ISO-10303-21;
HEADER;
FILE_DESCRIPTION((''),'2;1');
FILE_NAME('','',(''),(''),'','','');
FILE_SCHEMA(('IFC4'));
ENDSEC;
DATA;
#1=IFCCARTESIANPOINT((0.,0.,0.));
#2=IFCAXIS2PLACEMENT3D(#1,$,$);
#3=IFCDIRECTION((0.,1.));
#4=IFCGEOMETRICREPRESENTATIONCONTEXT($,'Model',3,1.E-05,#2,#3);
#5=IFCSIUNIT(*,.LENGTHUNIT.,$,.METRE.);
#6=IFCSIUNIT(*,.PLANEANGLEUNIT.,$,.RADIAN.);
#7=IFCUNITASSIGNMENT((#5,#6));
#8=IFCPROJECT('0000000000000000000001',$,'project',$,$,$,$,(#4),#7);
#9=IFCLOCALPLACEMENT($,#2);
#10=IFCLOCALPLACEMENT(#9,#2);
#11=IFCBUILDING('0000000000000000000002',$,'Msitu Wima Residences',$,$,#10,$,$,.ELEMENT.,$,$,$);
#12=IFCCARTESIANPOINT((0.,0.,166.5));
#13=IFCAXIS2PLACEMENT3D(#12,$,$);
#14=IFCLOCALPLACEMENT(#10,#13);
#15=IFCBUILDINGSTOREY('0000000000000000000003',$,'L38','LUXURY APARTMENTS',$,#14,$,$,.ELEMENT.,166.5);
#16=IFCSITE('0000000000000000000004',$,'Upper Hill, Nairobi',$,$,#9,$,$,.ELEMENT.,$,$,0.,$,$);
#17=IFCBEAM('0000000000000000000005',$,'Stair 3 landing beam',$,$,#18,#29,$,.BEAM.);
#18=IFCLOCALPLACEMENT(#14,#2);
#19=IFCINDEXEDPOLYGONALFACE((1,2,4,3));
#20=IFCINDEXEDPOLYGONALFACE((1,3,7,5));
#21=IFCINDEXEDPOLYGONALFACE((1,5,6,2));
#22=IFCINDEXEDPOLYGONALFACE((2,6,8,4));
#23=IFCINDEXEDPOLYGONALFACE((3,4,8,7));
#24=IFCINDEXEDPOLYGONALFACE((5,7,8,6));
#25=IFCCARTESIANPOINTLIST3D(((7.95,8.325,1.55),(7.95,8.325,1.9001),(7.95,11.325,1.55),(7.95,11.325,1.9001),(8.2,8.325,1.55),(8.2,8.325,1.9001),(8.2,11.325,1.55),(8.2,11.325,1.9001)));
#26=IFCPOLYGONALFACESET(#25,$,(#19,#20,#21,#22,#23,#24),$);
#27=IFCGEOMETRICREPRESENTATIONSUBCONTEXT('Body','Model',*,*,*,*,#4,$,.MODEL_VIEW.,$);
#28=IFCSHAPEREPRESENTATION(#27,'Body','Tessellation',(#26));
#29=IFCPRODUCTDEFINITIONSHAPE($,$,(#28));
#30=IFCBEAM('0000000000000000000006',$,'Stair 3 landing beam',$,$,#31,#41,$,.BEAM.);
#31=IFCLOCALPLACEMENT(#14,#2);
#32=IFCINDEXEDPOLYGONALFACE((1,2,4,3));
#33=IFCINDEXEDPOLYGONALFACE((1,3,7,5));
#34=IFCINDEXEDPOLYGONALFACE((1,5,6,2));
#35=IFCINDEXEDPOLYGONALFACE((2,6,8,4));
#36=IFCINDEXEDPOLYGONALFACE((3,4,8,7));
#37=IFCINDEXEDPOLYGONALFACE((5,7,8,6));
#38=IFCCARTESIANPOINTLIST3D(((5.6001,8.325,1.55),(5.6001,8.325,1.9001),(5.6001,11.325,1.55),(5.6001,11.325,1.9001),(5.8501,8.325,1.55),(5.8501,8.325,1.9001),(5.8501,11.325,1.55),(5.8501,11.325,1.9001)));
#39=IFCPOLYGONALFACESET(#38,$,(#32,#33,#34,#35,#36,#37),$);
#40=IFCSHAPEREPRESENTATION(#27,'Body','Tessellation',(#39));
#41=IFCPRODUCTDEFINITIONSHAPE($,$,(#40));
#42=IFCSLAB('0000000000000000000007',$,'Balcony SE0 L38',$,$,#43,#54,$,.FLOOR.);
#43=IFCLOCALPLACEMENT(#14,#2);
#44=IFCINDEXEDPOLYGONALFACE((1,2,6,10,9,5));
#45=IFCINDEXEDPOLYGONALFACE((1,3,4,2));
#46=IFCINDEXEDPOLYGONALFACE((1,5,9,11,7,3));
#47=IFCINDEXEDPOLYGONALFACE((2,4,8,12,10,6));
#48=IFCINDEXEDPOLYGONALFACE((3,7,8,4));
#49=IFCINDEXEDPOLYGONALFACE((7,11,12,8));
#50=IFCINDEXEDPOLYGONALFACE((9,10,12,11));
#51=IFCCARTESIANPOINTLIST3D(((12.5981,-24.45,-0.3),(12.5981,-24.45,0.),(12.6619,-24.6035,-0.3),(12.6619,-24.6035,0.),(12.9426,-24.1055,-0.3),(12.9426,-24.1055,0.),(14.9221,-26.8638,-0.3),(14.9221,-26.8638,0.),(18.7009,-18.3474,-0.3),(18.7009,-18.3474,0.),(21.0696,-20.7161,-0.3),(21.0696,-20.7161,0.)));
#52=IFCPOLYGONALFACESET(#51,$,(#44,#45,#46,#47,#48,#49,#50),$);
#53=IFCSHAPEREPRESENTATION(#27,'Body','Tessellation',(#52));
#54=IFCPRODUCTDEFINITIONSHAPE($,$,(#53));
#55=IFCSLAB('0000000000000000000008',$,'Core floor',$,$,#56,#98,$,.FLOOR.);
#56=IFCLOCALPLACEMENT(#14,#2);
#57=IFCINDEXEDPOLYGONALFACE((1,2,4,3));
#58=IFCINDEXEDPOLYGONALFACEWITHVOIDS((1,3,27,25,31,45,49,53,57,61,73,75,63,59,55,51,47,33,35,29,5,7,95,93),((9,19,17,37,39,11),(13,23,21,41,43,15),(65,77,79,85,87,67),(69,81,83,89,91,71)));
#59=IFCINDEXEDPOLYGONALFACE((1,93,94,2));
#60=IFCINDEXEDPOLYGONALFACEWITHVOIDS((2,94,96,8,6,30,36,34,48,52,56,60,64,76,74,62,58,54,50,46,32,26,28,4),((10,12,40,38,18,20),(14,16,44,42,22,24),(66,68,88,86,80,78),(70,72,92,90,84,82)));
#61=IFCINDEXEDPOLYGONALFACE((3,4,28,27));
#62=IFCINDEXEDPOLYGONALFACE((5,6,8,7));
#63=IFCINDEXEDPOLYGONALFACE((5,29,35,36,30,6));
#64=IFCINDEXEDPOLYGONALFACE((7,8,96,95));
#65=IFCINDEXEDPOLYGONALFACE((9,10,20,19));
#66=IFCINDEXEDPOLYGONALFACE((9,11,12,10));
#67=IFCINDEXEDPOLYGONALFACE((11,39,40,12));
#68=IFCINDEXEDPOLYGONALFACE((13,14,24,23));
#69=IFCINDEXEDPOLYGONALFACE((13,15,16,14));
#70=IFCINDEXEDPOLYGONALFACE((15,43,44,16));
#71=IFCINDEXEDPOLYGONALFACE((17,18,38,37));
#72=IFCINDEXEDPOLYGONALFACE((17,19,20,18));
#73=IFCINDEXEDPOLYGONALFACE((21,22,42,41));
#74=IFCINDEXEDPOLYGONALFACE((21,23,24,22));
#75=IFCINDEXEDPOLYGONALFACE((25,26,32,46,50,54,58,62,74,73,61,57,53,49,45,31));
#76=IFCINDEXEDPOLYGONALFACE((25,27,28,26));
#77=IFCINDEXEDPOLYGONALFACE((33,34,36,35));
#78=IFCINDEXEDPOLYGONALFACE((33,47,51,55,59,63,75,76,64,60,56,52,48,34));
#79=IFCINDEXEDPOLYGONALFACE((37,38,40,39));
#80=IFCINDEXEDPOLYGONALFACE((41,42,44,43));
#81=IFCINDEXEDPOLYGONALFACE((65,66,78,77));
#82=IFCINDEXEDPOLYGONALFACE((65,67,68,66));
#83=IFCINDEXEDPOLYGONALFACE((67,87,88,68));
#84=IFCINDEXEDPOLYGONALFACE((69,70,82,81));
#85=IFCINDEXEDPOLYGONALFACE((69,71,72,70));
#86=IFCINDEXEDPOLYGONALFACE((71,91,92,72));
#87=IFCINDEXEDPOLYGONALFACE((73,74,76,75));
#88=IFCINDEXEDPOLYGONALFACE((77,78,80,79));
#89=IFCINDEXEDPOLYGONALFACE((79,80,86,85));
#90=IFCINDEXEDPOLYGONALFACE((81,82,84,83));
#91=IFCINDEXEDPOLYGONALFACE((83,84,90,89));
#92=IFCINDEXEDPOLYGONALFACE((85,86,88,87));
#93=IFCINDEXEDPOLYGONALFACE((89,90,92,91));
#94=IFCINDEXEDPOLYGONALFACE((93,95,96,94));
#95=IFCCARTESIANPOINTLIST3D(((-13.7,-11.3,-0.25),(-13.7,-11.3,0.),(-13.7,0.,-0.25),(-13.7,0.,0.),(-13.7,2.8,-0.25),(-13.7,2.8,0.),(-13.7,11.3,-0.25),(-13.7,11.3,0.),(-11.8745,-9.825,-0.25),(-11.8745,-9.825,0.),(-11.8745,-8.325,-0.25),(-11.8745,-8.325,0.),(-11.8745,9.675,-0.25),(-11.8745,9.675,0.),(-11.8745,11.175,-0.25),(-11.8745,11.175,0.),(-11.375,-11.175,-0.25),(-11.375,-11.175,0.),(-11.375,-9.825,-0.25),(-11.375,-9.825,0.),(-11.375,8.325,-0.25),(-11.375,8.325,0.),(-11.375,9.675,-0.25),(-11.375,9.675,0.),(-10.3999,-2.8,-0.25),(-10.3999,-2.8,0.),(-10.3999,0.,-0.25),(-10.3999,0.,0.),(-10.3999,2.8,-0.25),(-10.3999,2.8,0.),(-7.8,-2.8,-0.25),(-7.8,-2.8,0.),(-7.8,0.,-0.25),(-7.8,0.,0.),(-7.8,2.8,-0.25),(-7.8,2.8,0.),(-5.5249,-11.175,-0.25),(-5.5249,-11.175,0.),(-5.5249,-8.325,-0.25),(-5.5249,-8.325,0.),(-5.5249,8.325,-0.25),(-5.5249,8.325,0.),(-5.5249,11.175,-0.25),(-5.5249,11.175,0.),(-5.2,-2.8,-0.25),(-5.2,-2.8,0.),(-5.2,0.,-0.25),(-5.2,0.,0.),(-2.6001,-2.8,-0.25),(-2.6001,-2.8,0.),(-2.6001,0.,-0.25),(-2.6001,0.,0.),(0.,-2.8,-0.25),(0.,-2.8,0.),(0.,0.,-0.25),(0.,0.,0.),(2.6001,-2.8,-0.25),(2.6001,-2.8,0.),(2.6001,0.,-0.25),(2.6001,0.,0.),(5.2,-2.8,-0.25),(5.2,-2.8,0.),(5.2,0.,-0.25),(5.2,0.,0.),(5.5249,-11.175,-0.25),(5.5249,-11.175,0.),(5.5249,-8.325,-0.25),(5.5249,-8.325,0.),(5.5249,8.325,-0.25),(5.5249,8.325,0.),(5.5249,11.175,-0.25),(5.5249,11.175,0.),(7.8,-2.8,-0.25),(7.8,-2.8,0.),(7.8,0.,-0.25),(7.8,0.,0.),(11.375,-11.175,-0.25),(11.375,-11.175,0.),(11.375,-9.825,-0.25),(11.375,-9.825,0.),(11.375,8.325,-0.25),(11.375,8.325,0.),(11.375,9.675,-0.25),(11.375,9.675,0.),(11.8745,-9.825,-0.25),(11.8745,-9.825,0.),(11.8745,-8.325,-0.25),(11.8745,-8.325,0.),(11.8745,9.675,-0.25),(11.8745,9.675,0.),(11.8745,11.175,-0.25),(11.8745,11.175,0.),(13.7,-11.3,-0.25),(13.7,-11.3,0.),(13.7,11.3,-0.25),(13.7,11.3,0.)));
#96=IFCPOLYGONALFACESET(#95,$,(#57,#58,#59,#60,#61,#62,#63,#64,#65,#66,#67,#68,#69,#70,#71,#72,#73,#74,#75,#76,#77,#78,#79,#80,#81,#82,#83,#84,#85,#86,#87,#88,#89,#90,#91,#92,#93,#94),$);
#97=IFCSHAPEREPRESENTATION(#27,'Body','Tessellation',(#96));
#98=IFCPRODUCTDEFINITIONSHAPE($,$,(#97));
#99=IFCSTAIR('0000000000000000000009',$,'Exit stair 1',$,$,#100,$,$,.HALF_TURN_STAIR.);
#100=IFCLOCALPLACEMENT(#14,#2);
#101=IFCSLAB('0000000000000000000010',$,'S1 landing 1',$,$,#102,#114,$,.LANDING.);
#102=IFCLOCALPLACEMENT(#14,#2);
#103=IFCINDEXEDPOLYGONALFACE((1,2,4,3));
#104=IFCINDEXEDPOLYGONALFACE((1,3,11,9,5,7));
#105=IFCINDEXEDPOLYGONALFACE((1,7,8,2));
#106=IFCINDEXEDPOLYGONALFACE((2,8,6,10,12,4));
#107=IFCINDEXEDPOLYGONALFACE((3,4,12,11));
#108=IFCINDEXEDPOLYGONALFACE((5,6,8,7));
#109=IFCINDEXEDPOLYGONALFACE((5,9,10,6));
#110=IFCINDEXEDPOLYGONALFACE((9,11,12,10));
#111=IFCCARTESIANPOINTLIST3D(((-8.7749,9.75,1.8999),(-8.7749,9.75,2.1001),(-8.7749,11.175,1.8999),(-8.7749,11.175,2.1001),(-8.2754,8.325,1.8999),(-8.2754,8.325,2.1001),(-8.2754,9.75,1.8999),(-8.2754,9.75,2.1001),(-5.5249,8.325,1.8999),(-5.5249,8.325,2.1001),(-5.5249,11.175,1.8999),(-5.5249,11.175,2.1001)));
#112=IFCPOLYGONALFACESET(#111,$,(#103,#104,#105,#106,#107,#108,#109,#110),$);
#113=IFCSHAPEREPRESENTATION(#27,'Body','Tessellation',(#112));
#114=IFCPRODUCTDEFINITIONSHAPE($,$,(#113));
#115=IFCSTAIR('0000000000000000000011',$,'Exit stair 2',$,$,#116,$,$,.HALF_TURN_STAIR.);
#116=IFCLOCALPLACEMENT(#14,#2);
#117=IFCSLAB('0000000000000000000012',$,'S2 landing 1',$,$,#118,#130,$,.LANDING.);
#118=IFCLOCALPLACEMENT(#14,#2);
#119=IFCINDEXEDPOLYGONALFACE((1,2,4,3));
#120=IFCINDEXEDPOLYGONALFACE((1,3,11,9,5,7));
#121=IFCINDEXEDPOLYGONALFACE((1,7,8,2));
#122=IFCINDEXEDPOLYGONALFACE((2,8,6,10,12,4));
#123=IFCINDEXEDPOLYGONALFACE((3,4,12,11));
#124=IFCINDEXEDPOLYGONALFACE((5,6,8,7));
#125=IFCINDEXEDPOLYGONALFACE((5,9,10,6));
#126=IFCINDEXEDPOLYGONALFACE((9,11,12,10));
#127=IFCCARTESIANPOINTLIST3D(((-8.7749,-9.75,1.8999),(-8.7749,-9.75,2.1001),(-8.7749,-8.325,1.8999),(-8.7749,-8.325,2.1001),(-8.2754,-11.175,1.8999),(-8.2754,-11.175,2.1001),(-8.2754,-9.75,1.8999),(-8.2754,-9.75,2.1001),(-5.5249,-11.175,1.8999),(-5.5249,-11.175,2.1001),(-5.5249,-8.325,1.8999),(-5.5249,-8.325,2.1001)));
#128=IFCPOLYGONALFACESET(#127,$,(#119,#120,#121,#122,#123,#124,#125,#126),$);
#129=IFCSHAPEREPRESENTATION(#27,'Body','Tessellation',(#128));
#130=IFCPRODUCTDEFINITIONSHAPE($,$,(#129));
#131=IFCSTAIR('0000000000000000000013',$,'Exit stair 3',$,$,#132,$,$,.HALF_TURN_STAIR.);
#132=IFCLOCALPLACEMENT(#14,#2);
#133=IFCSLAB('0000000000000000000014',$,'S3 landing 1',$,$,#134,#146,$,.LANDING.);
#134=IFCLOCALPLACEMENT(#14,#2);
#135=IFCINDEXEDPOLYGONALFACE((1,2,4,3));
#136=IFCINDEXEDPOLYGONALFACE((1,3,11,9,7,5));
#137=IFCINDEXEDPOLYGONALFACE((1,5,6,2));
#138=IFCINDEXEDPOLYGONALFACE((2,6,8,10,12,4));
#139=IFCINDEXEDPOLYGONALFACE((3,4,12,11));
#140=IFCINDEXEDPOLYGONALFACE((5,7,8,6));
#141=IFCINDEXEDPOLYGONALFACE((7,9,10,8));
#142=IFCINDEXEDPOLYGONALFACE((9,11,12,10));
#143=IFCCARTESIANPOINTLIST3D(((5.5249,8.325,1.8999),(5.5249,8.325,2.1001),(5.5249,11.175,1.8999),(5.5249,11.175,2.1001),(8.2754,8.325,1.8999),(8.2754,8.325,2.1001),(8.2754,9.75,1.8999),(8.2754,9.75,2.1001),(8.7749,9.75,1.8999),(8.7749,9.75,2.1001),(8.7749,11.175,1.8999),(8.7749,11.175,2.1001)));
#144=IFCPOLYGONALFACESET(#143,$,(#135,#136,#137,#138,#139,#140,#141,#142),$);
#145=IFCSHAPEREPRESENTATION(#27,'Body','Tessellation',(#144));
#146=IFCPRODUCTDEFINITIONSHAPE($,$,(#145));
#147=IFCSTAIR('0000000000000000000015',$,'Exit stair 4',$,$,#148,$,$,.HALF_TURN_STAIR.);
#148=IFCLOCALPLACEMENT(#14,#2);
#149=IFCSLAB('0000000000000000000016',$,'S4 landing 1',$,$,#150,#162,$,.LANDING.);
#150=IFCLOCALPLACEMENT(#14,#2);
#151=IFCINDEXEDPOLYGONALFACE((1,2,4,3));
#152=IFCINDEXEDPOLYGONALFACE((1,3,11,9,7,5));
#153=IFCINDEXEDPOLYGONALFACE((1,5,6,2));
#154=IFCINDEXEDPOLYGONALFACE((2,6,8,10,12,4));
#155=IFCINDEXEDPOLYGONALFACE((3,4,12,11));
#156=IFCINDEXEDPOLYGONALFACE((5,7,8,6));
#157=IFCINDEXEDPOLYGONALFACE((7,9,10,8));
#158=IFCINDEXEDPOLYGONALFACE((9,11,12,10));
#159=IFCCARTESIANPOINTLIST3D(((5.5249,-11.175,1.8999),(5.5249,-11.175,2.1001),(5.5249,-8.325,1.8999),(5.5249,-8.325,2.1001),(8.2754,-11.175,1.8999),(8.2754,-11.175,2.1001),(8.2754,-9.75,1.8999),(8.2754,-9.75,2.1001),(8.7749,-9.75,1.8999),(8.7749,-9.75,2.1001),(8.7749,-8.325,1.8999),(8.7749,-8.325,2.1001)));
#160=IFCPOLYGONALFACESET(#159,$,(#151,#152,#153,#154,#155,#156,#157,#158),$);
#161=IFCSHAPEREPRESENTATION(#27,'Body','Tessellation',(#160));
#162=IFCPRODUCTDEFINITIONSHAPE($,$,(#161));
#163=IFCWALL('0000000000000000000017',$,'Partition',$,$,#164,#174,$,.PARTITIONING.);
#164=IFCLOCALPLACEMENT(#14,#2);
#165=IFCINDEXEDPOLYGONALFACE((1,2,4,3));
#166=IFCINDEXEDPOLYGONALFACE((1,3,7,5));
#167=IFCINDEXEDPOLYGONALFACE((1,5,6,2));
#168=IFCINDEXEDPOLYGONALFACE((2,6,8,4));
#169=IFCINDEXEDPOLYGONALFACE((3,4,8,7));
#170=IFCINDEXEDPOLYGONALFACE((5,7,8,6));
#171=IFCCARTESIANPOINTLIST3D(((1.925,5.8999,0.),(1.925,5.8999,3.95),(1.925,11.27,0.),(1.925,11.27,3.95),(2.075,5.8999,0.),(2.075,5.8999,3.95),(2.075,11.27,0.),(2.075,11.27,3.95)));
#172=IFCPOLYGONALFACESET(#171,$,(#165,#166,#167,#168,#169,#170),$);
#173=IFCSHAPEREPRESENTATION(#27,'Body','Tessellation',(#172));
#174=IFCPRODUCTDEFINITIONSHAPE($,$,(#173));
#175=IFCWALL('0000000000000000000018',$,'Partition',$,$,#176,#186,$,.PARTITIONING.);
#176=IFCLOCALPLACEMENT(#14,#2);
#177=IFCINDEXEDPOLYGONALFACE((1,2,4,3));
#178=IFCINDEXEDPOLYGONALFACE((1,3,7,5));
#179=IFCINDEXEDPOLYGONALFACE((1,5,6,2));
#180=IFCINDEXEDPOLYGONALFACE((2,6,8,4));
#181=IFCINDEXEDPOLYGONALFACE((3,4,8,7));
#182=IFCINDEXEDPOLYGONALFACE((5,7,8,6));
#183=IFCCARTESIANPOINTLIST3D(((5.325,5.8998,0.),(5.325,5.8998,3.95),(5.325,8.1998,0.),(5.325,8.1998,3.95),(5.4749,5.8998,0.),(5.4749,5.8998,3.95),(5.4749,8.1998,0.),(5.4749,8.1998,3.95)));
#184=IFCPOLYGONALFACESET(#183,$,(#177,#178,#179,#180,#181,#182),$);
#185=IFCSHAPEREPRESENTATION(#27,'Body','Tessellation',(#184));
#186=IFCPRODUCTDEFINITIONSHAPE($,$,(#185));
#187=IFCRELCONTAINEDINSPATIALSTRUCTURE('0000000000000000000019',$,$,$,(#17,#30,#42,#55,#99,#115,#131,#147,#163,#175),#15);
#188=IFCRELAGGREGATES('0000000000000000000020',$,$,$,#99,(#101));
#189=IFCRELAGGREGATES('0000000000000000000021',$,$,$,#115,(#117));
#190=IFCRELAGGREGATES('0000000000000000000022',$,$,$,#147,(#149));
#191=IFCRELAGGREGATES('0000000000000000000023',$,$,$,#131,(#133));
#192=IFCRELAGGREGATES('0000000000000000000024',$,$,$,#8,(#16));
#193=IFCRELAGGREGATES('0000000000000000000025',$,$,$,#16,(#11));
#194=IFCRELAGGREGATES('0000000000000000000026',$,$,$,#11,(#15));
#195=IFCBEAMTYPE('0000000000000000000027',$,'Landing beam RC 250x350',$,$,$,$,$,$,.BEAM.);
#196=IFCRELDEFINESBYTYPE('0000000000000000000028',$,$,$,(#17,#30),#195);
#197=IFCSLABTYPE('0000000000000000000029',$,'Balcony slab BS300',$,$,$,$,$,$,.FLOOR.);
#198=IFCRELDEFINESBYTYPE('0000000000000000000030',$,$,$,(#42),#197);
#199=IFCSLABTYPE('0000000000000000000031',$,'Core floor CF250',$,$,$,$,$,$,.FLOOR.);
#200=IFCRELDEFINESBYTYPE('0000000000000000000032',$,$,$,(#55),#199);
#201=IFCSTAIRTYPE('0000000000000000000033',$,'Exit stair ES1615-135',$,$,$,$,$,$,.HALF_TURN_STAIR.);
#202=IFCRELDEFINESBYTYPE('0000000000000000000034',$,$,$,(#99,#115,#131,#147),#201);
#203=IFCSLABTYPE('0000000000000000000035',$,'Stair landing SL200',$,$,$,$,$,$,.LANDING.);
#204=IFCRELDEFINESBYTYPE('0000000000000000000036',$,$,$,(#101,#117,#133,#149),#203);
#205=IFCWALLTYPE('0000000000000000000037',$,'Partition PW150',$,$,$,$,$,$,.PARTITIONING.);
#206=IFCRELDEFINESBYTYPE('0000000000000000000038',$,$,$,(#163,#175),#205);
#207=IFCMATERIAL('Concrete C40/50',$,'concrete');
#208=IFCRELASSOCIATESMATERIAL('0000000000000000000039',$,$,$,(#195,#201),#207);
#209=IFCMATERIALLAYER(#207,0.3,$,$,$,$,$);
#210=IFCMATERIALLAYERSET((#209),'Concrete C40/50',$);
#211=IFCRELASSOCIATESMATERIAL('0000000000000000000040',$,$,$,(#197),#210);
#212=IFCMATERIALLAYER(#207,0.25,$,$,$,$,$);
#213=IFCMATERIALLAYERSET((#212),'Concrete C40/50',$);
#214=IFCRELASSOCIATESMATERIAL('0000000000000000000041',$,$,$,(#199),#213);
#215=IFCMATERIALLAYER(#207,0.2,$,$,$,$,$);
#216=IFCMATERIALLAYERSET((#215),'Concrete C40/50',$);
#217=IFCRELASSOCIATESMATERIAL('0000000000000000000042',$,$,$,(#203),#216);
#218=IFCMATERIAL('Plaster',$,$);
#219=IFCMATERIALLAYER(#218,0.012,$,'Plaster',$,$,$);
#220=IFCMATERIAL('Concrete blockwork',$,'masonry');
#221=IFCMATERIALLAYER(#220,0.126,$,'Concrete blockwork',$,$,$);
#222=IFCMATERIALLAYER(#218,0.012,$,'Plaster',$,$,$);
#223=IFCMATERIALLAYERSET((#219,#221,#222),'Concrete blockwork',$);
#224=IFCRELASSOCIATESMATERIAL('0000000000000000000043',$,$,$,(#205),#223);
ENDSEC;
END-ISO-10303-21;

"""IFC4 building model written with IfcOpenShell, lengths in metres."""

from ifc_helpers import new_model, si_unit, direction, frame, frame_2d, origin, origin_2d, place, context, subcontext, project, spatial, polyline, rectangle, outline, extrude, material, layer, layer_set, material_profile, profile_set, type_object, element, aggregate, save


model = new_model("IFC4")

# Units and contexts
model_context = context("Model", 3, precision=1e-05, world=origin(), true_north=direction((0.0, 1.0)))
body_context = subcontext(model_context, "Body", "Model", "MODEL_VIEW")
ifc_project = project(units=[si_unit("LENGTHUNIT", "METRE"), si_unit("PLANEANGLEUNIT", "RADIAN")], contexts=[model_context])

# Site, building, storey
site_placement = place(None, origin())
site = spatial("IfcSite", under=ifc_project, at=site_placement, Name="Upper Hill, Nairobi", CompositionType="ELEMENT", RefElevation=0.0)
building_placement = place(site_placement, origin())
building = spatial("IfcBuilding", under=site, at=building_placement, Name="Msitu Wima Residences", CompositionType="ELEMENT")
storey_placement = place(building_placement, frame((0.0, 0.0, 166.5)))
storey = spatial("IfcBuildingStorey", under=building, at=storey_placement, Name="L38", Description="LUXURY APARTMENTS", CompositionType="ELEMENT", Elevation=166.5)

# Beams
ifc_material_1 = material(Name="Concrete C40/50", Category="concrete")
ifc_material_profile = material_profile(ifc_material_1, rectangle(XDim=0.25, YDim=0.3501, at=origin_2d()), Name="RC 250x350")
ifc_profile_set = profile_set([ifc_material_profile], Name="Concrete C40/50")
beam_type = type_object("IfcBeamType", Name="Landing beam RC 250x350", PredefinedType="BEAM", material=ifc_profile_set)
for number, where, z_axis, x_axis, name in (
    (1, (8.075, 8.325, 1.7251), (0.0, 1.0, 0.0), (-1.0, 0.0, 0.0), "Stair 3 landing beam"),
    (2, (5.7251, 8.325, 1.7251), (0.0, 1.0, 0.0), (-1.0, 0.0, 0.0), "Stair 3 landing beam"),
):
    element("IfcBeam", number, at=place(storey_placement, frame(where, z_axis=z_axis, x_axis=x_axis)), inside=storey, type_object=beam_type, Name=name, PredefinedType="BEAM", context=body_context, shape_type="SweptSolid", body=[
        extrude(rectangle(XDim=0.25, YDim=0.3501, at=origin_2d()), origin(), (0.0, 0.0, 1.0), 3.0),
    ])

# Slabs
ifc_layer_1 = layer(ifc_material_1, 0.3)
ifc_layer_set_1 = layer_set([ifc_layer_1], Name="Concrete C40/50")
slab_type_1 = type_object("IfcSlabType", Name="Balcony slab BS300", PredefinedType="FLOOR", material=ifc_layer_set_1)
slab_1_placement = place(storey_placement, frame((0.0, 0.0, -0.3)))
element("IfcSlab", 3, at=slab_1_placement, inside=storey, type_object=slab_type_1, Name="Balcony SE0 L38", PredefinedType="FLOOR", context=body_context, shape_type="SweptSolid", body=[
    extrude(outline(polyline([(12.9426, -24.1055), (12.9426, -24.1055), (18.7009, -18.3474), (21.0696, -20.7161), (14.9221, -26.8638), (12.6619, -24.6035), (12.5981, -24.45), (12.9426, -24.1055), (12.9426, -24.1055)])), origin(), (0.0, 0.0, 1.0), 0.3),
])
ifc_layer_2 = layer(ifc_material_1, 0.25)
ifc_layer_set_2 = layer_set([ifc_layer_2], Name="Concrete C40/50")
slab_type_2 = type_object("IfcSlabType", Name="Core floor CF250", PredefinedType="FLOOR", material=ifc_layer_set_2)
slab_2_placement = place(storey_placement, frame((0.0, 0.0, -0.25)))
element("IfcSlab", 4, at=slab_2_placement, inside=storey, type_object=slab_type_2, Name="Core floor", PredefinedType="FLOOR", context=body_context, shape_type="SweptSolid", body=[
    extrude(outline(polyline([(-13.7, 11.3), (-13.7, 2.8), (-10.3999, 2.8), (-7.8, 2.8), (-7.8, 0.0), (-5.2, 0.0), (-2.6001, 0.0), (0.0, 0.0), (2.6001, 0.0), (5.2, 0.0), (7.8, 0.0), (7.8, -2.8), (5.2, -2.8), (2.6001, -2.8), (0.0, -2.8), (-2.6001, -2.8), (-5.2, -2.8), (-7.8, -2.8), (-10.3999, -2.8), (-10.3999, 0.0), (-13.7, 0.0), (-13.7, -11.3), (13.7, -11.3), (13.7, 11.3), (-13.7, 11.3)]), holes=[polyline([(-11.375, -11.175), (-11.375, -9.825), (-11.8745, -9.825), (-11.8745, -8.325), (-5.5249, -8.325), (-5.5249, -11.175), (-11.375, -11.175)]), polyline([(-11.375, 8.325), (-11.375, 9.675), (-11.8745, 9.675), (-11.8745, 11.175), (-5.5249, 11.175), (-5.5249, 8.325), (-11.375, 8.325)]), polyline([(11.375, -9.825), (11.375, -11.175), (5.5249, -11.175), (5.5249, -8.325), (11.8745, -8.325), (11.8745, -9.825), (11.375, -9.825)]), polyline([(11.375, 9.675), (11.375, 8.325), (5.5249, 8.325), (5.5249, 11.175), (11.8745, 11.175), (11.8745, 9.675), (11.375, 9.675)])]), origin(), (0.0, 0.0, 1.0), 0.25),
])

# Stairs, slabs
stair_type = type_object("IfcStairType", Name="Exit stair ES1615-135", PredefinedType="HALF_TURN_STAIR", material=ifc_material_1)
stair_1_placement = place(storey_placement, origin())
stair_1 = element("IfcStair", 5, at=stair_1_placement, inside=storey, type_object=stair_type, Name="Exit stair 1", PredefinedType="HALF_TURN_STAIR")
ifc_layer_3 = layer(ifc_material_1, 0.2)
ifc_layer_set_3 = layer_set([ifc_layer_3], Name="Concrete C40/50")
slab_type_3 = type_object("IfcSlabType", Name="Stair landing SL200", PredefinedType="LANDING", material=ifc_layer_set_3)
slab_3_placement = place(storey_placement, frame((0.0, 0.0, 1.8999)))
slab_3 = element("IfcSlab", 6, at=slab_3_placement, type_object=slab_type_3, Name="S1 landing 1", PredefinedType="LANDING", context=body_context, shape_type="SweptSolid", body=[
    extrude(outline(polyline([(-5.5249, 8.325), (-8.2754, 8.325), (-8.2754, 9.75), (-8.7749, 9.75), (-8.7749, 11.175), (-5.5249, 11.175), (-5.5249, 8.325)])), origin(), (0.0, 0.0, 1.0), 0.2002),
])
aggregate(stair_1, [slab_3])
stair_2_placement = place(storey_placement, origin())
stair_2 = element("IfcStair", 7, at=stair_2_placement, inside=storey, type_object=stair_type, Name="Exit stair 2", PredefinedType="HALF_TURN_STAIR")
slab_4_placement = place(storey_placement, frame((0.0, 0.0, 1.8999)))
slab_4 = element("IfcSlab", 8, at=slab_4_placement, type_object=slab_type_3, Name="S2 landing 1", PredefinedType="LANDING", context=body_context, shape_type="SweptSolid", body=[
    extrude(outline(polyline([(-5.5249, -11.175), (-8.2754, -11.175), (-8.2754, -9.75), (-8.7749, -9.75), (-8.7749, -8.325), (-5.5249, -8.325), (-5.5249, -11.175)])), origin(), (0.0, 0.0, 1.0), 0.2002),
])
aggregate(stair_2, [slab_4])
stair_3_placement = place(storey_placement, origin())
stair_3 = element("IfcStair", 9, at=stair_3_placement, inside=storey, type_object=stair_type, Name="Exit stair 3", PredefinedType="HALF_TURN_STAIR")
slab_5_placement = place(storey_placement, frame((0.0, 0.0, 1.8999)))
slab_5 = element("IfcSlab", 10, at=slab_5_placement, type_object=slab_type_3, Name="S3 landing 1", PredefinedType="LANDING", context=body_context, shape_type="SweptSolid", body=[
    extrude(outline(polyline([(5.5249, 8.325), (8.2754, 8.325), (8.2754, 9.75), (8.7749, 9.75), (8.7749, 11.175), (5.5249, 11.175), (5.5249, 8.325)])), origin(), (0.0, 0.0, 1.0), 0.2002),
])
stair_4_placement = place(storey_placement, origin())
stair_4 = element("IfcStair", 11, at=stair_4_placement, inside=storey, type_object=stair_type, Name="Exit stair 4", PredefinedType="HALF_TURN_STAIR")
slab_6_placement = place(storey_placement, frame((0.0, 0.0, 1.8999)))
slab_6 = element("IfcSlab", 12, at=slab_6_placement, type_object=slab_type_3, Name="S4 landing 1", PredefinedType="LANDING", context=body_context, shape_type="SweptSolid", body=[
    extrude(outline(polyline([(5.5249, -11.175), (8.2754, -11.175), (8.2754, -9.75), (8.7749, -9.75), (8.7749, -8.325), (5.5249, -8.325), (5.5249, -11.175)])), origin(), (0.0, 0.0, 1.0), 0.2002),
])
aggregate(stair_4, [slab_6])

# Walls
ifc_material_2 = material(Name="Plaster")
ifc_layer_4 = layer(ifc_material_2, 0.012, Name="Plaster")
ifc_material_3 = material(Name="Concrete blockwork", Category="masonry")
ifc_layer_5 = layer(ifc_material_3, 0.126, Name="Concrete blockwork")
ifc_layer_6 = layer(ifc_material_2, 0.012, Name="Plaster")
ifc_layer_set_4 = layer_set([ifc_layer_4, ifc_layer_5, ifc_layer_6], Name="Concrete blockwork")
wall_type_1 = type_object("IfcWallType", Name="Partition PW150", PredefinedType="PARTITIONING", material=ifc_layer_set_4)
wall_1_placement = place(storey_placement, frame((2.0, 5.8999, 0.0), z_axis=(0.0, 0.0, 1.0), x_axis=(0.0, 1.0, 0.0)))
element("IfcWall", 13, at=wall_1_placement, inside=storey, type_object=wall_type_1, Name="Partition", PredefinedType="PARTITIONING", context=body_context, shape_type="SweptSolid", body=[
    extrude(rectangle(XDim=5.3701, YDim=0.1499, at=frame_2d((2.6851, 0.0))), origin(), (0.0, 0.0, 1.0), 3.95),
])
wall_2_placement = place(storey_placement, frame((5.3999, 5.8999, 0.0), z_axis=(0.0, 0.0, 1.0), x_axis=(0.0, 1.0, 0.0)))
element("IfcWall", 14, at=wall_2_placement, inside=storey, type_object=wall_type_1, Name="Partition", PredefinedType="PARTITIONING", context=body_context, shape_type="SweptSolid", body=[
    extrude(rectangle(XDim=2.3, YDim=0.1499, at=frame_2d((1.1499, 0.0))), origin(), (0.0, 0.0, 1.0), 3.95),
])

aggregate(stair_3, [slab_5])

save(model, "model.ifc")
